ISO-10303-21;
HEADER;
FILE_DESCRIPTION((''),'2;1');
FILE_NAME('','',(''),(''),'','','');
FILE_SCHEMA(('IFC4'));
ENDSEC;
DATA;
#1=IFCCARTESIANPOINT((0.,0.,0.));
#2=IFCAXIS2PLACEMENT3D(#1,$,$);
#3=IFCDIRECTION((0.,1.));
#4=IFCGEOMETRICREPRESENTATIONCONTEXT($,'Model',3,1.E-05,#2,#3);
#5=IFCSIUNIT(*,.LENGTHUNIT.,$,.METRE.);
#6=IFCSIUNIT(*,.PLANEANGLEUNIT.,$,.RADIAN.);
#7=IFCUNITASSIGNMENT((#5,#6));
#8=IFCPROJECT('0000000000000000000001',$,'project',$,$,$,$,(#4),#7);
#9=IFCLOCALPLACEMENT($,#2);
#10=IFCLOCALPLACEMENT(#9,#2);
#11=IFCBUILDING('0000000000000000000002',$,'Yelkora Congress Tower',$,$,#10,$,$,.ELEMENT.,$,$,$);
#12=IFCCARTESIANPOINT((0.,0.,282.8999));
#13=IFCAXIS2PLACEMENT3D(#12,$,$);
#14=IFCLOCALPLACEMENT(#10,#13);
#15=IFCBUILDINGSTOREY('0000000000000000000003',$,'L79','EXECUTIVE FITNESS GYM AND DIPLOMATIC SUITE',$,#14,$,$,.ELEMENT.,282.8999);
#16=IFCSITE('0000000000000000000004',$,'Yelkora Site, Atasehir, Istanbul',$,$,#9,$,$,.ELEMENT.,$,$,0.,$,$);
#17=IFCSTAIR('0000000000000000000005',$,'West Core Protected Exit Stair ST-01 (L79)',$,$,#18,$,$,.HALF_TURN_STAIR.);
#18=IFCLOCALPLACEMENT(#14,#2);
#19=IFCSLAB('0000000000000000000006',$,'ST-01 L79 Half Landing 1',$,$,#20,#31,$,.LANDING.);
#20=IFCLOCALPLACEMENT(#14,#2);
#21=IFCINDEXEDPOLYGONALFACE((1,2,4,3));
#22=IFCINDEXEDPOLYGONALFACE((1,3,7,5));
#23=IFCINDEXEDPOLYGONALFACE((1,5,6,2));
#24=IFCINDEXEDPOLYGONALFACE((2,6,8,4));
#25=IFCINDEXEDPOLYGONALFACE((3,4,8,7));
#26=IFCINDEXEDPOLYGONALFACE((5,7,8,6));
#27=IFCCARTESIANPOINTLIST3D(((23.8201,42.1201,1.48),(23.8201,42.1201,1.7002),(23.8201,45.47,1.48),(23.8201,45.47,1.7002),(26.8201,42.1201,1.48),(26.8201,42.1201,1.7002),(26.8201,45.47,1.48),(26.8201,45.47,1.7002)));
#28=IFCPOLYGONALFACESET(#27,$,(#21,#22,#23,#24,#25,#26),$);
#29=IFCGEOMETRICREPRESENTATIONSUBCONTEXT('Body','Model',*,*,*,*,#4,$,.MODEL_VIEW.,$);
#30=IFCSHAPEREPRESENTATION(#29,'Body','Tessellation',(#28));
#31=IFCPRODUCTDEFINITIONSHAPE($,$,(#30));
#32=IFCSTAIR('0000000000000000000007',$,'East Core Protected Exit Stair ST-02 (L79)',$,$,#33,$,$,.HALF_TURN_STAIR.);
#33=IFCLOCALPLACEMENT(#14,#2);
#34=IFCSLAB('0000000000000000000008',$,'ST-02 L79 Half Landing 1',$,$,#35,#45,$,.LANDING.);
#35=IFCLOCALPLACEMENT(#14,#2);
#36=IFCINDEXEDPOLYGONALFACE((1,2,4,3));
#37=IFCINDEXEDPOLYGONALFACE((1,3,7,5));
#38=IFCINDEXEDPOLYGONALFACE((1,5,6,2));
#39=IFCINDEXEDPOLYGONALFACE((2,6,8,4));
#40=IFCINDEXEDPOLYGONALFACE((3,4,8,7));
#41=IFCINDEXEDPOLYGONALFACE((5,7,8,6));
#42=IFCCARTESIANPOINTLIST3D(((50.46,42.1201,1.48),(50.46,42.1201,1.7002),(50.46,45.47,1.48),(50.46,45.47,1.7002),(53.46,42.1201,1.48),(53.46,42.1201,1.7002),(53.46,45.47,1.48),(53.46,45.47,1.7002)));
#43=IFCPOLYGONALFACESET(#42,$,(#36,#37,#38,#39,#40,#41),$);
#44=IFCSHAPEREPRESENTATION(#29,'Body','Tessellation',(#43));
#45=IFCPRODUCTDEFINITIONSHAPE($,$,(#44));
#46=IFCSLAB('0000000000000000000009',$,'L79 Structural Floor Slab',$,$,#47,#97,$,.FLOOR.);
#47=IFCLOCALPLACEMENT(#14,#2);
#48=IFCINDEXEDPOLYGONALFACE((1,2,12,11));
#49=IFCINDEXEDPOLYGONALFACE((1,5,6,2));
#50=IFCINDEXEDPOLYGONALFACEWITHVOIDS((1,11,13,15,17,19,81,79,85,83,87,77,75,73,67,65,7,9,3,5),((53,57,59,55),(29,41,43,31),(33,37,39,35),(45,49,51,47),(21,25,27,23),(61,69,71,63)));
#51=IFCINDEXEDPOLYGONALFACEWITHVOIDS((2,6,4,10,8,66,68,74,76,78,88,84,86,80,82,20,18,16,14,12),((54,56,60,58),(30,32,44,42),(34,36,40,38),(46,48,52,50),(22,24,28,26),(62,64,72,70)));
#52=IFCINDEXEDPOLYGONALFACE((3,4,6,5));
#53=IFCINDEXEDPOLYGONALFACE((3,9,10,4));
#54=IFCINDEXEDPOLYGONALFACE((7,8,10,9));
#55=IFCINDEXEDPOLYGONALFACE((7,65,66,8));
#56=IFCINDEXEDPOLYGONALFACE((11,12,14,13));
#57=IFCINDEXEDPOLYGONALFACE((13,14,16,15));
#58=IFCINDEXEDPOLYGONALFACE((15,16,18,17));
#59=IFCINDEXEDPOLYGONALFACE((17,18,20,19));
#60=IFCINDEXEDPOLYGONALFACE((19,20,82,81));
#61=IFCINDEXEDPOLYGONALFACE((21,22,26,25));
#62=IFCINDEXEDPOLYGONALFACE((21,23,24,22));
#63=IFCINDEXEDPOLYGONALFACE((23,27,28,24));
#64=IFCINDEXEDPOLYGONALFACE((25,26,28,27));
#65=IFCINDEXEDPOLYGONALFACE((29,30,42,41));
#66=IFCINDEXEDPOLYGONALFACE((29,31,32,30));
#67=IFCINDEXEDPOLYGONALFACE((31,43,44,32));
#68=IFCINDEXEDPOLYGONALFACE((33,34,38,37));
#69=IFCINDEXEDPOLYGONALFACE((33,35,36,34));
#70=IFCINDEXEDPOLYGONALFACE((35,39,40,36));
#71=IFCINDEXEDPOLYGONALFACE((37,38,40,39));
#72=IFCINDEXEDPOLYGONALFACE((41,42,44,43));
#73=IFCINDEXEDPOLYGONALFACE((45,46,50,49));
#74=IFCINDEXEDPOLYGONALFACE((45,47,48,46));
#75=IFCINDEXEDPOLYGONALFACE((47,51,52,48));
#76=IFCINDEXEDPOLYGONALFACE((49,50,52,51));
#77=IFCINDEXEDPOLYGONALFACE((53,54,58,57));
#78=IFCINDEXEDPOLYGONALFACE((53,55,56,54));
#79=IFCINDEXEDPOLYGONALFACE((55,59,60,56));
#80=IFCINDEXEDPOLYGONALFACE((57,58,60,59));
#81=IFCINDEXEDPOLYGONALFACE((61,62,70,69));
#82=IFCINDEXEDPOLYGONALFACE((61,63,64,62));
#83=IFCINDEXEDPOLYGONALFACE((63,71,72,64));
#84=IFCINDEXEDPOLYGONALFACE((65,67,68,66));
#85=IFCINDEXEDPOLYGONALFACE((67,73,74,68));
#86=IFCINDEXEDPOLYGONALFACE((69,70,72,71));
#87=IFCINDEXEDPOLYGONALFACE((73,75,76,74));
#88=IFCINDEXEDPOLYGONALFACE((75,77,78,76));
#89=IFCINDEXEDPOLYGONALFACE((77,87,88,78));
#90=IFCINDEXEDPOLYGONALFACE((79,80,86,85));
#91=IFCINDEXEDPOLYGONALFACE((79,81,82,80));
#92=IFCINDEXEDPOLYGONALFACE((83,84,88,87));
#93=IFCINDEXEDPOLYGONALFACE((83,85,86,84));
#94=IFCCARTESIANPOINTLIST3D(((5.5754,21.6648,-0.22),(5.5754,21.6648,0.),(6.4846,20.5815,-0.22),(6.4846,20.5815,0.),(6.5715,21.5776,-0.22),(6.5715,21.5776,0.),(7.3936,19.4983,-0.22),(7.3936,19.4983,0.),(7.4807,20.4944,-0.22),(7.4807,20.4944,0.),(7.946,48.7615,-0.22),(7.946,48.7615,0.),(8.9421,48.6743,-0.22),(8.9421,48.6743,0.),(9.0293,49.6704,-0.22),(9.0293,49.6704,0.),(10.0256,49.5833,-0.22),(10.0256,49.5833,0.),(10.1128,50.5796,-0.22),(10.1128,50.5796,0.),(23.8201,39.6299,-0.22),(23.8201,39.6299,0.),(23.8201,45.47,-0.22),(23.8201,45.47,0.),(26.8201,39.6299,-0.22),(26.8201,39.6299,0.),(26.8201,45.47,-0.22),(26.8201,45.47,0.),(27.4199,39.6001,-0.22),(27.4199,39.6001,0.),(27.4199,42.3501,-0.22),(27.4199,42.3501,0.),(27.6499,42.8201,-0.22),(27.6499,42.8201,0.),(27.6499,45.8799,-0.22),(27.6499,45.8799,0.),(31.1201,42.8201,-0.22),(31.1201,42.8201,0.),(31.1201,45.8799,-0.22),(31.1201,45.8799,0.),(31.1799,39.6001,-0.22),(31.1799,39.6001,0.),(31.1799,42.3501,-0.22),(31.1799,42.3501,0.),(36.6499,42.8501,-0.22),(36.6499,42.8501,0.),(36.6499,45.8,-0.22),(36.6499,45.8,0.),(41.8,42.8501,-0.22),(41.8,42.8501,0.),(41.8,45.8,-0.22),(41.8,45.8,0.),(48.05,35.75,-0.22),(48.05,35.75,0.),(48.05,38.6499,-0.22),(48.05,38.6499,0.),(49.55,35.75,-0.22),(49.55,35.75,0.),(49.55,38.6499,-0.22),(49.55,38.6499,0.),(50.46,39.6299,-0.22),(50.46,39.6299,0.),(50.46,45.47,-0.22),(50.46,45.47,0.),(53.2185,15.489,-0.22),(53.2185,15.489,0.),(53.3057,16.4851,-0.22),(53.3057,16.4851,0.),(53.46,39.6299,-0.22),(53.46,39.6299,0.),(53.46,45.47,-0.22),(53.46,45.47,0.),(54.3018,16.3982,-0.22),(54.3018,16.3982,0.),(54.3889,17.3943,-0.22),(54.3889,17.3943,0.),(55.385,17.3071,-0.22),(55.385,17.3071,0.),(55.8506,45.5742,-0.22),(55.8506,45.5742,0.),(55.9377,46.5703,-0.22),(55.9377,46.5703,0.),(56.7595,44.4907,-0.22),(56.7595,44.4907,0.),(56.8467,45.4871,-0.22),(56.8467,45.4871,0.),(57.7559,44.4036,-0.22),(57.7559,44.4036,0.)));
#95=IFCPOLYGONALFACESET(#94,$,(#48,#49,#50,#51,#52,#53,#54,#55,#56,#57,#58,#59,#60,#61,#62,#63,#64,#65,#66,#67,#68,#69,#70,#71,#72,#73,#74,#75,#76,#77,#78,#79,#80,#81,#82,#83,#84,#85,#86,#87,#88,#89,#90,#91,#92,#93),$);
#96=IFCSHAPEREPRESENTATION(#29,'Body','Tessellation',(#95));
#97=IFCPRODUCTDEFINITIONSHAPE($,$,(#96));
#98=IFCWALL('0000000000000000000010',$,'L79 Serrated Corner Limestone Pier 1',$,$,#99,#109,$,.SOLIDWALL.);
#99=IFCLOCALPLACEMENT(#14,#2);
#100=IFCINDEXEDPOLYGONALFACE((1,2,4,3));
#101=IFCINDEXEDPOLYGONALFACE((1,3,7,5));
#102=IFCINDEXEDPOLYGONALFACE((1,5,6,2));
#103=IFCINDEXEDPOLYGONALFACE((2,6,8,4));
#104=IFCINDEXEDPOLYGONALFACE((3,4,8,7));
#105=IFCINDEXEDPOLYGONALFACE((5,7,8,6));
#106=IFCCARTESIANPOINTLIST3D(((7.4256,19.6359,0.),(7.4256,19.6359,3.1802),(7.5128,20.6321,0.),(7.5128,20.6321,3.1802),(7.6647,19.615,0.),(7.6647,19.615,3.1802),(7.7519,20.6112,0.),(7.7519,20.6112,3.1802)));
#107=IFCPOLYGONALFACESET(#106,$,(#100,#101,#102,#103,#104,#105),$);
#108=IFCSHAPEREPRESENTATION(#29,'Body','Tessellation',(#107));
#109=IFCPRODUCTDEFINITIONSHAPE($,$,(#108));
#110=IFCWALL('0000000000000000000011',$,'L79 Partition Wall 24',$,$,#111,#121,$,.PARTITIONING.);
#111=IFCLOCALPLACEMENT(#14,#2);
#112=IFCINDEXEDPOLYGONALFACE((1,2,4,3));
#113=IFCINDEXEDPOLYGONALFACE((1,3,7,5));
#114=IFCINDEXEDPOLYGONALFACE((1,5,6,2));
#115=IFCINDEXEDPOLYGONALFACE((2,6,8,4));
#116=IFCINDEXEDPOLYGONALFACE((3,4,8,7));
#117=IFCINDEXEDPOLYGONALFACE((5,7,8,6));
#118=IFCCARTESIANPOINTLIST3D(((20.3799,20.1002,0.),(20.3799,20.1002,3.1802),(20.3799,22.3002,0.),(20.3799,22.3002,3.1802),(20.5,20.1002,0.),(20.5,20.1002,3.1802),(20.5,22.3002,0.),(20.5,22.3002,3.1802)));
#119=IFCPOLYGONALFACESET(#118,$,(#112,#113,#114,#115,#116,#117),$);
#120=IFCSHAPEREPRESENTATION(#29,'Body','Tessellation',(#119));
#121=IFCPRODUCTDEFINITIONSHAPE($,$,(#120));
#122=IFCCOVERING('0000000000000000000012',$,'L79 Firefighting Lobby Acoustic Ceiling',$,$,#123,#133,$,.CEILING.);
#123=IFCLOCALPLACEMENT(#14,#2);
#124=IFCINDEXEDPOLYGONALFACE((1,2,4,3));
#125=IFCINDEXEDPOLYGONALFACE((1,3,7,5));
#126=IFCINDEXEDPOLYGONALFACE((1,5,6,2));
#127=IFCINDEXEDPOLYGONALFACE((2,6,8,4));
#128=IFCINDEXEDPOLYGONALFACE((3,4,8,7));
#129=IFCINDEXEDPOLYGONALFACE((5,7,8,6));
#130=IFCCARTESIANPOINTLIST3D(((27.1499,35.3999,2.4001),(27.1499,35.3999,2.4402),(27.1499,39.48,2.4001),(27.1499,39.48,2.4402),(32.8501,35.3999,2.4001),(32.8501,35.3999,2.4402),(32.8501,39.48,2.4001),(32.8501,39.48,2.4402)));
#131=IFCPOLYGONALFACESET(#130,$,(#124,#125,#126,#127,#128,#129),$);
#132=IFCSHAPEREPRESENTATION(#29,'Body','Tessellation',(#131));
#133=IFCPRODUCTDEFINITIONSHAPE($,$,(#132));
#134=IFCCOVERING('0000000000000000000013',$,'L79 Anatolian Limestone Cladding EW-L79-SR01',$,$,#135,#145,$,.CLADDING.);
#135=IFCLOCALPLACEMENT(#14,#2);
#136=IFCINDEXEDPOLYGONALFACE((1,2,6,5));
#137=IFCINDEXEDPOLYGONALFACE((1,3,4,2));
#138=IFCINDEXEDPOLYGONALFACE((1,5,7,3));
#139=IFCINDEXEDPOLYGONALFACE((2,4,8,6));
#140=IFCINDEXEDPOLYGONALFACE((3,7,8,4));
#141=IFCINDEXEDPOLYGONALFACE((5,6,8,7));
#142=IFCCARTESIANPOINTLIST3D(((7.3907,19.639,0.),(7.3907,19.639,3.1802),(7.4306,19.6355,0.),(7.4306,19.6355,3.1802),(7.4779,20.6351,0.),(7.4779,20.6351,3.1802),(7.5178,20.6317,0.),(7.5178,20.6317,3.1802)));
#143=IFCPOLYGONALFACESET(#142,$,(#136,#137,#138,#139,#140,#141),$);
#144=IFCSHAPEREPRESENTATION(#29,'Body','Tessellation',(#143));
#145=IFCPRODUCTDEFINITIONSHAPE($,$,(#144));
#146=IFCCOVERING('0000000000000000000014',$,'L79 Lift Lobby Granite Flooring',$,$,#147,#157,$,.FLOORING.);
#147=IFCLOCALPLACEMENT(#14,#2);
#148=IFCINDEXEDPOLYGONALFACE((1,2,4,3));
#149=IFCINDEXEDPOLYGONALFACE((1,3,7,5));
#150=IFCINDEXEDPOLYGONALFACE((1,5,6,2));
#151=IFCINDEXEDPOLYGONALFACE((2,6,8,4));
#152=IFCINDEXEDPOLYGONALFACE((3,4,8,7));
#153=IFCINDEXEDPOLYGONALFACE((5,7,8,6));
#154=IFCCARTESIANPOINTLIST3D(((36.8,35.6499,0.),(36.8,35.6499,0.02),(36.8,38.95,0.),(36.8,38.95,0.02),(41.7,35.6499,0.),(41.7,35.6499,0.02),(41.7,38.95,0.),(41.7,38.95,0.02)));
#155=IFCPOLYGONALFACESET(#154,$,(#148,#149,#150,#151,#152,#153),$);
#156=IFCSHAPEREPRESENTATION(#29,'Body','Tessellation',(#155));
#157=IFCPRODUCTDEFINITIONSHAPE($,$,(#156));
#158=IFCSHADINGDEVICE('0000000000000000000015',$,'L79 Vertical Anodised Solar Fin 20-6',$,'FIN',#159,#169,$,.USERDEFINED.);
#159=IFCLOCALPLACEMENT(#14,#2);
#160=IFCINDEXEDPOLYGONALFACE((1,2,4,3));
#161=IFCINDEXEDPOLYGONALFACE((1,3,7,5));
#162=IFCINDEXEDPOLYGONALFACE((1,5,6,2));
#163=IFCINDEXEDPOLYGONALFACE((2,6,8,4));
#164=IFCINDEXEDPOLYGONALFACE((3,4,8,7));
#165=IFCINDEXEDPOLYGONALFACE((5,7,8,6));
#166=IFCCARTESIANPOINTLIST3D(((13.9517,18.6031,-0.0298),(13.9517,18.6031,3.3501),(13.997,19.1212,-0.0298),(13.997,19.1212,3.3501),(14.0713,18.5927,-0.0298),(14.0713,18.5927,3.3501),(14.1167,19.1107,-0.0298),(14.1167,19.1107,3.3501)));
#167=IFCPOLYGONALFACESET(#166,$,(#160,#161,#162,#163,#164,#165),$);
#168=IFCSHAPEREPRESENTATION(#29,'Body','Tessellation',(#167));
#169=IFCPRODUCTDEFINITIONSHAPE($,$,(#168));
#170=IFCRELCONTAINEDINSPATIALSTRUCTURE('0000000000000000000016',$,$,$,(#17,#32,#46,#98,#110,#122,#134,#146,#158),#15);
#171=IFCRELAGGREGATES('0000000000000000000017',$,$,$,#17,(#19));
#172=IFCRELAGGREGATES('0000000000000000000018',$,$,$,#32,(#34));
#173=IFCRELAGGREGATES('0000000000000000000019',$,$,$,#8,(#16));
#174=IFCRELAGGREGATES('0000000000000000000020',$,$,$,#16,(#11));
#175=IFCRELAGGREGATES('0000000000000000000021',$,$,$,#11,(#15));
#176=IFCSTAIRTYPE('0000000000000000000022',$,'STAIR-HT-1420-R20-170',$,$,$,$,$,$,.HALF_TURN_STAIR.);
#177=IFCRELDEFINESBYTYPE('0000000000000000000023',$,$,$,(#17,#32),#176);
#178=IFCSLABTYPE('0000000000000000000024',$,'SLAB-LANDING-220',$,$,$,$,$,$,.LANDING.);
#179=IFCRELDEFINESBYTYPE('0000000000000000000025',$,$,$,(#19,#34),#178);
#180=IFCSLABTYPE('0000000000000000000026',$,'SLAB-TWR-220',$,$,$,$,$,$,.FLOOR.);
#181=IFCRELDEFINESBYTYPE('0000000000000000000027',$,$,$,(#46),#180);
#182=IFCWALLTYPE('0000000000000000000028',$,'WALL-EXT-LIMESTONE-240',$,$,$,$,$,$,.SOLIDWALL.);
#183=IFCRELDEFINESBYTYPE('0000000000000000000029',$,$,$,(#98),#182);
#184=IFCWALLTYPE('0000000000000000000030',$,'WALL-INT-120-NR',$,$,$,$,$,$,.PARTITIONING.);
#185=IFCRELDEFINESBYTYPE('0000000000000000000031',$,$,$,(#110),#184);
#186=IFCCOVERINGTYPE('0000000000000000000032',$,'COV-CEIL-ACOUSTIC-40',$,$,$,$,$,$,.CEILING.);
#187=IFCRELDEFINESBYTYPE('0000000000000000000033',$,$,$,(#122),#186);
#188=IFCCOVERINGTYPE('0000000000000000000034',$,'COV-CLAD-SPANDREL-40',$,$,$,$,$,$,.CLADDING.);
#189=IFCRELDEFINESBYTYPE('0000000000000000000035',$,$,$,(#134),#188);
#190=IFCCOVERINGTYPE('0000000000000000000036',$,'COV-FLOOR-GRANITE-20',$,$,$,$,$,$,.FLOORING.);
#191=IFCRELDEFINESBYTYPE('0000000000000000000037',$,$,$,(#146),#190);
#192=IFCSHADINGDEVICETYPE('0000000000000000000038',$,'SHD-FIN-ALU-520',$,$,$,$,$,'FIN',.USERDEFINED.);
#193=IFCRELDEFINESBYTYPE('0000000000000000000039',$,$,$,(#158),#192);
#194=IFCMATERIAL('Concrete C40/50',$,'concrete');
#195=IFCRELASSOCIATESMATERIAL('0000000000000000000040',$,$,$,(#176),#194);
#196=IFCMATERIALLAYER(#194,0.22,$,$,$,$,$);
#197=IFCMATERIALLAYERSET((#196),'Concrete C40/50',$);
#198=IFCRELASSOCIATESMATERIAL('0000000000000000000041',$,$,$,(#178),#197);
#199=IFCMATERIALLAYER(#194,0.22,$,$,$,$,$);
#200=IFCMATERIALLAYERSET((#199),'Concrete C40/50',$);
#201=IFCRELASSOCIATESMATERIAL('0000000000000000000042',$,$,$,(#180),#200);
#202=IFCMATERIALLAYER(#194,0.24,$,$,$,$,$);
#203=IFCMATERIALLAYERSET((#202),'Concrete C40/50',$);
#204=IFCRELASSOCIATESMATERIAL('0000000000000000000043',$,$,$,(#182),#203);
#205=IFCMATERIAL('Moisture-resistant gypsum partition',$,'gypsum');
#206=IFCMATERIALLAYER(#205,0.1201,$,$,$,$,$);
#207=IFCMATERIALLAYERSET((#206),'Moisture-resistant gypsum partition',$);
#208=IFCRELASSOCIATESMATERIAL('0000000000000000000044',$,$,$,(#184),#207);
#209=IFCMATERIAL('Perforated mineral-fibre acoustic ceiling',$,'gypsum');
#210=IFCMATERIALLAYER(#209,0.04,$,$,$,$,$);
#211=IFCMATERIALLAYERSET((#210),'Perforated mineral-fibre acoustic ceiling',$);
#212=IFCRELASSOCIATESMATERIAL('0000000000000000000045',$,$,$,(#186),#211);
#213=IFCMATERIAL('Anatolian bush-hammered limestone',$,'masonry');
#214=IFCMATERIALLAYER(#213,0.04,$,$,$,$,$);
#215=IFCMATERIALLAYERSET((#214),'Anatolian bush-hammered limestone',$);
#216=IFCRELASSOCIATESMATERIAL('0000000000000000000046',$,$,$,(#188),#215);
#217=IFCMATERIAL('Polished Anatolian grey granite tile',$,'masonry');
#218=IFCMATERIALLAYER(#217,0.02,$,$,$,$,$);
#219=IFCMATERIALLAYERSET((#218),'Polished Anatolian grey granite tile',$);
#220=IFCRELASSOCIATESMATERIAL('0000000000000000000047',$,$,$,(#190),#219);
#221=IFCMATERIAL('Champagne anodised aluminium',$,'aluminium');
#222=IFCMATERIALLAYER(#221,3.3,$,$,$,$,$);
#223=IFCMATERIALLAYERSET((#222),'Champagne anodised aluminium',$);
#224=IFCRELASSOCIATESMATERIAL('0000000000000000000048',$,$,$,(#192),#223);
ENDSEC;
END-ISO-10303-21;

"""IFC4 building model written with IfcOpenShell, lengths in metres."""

from ifc_helpers import new_model, si_unit, direction, frame, frame_2d, origin, origin_2d, place, context, subcontext, project, spatial, polyline, rectangle, outline, extrude, material, layer, layer_set, type_object, element, aggregate, save


model = new_model("IFC4")

# Units and contexts
model_context = context("Model", 3, precision=1e-05, world=origin(), true_north=direction((0.0, 1.0)))
body_context = subcontext(model_context, "Body", "Model", "MODEL_VIEW")
ifc_project = project(units=[si_unit("LENGTHUNIT", "METRE"), si_unit("PLANEANGLEUNIT", "RADIAN")], contexts=[model_context])

# Site, building, storey
site_placement = place(None, origin())
site = spatial("IfcSite", under=ifc_project, at=site_placement, Name="Yelkora Site, Atasehir, Istanbul", CompositionType="ELEMENT", RefElevation=0.0)
building_placement = place(site_placement, origin())
building = spatial("IfcBuilding", under=site, at=building_placement, Name="Yelkora Congress Tower", CompositionType="ELEMENT")
storey_placement = place(building_placement, frame((0.0, 0.0, 282.8999)))
storey = spatial("IfcBuildingStorey", under=building, at=storey_placement, Name="L79", Description="EXECUTIVE FITNESS GYM AND DIPLOMATIC SUITE", CompositionType="ELEMENT", Elevation=282.8999)

# Stairs, slabs
ifc_material_1 = material(Name="Concrete C40/50", Category="concrete")
stair_type = type_object("IfcStairType", Name="STAIR-HT-1420-R20-170", PredefinedType="HALF_TURN_STAIR", material=ifc_material_1)
stair_1_placement = place(storey_placement, origin())
stair_1 = element("IfcStair", 1, at=stair_1_placement, inside=storey, type_object=stair_type, Name="West Core Protected Exit Stair ST-01 (L79)", PredefinedType="HALF_TURN_STAIR")
ifc_layer_1 = layer(ifc_material_1, 0.22)
ifc_layer_set_1 = layer_set([ifc_layer_1], Name="Concrete C40/50")
slab_type_1 = type_object("IfcSlabType", Name="SLAB-LANDING-220", PredefinedType="LANDING", material=ifc_layer_set_1)
slab_1_placement = place(storey_placement, frame((0.0, 0.0, 1.48)))
slab_1 = element("IfcSlab", 2, at=slab_1_placement, type_object=slab_type_1, Name="ST-01 L79 Half Landing 1", PredefinedType="LANDING", context=body_context, shape_type="SweptSolid", body=[
    extrude(outline(polyline([(26.8201, 42.1201), (26.8201, 45.47), (23.8201, 45.47), (23.8201, 42.1201), (26.8201, 42.1201)])), origin(), (0.0, 0.0, 1.0), 0.2202),
])
aggregate(stair_1, [slab_1])
stair_2_placement = place(storey_placement, origin())
stair_2 = element("IfcStair", 3, at=stair_2_placement, inside=storey, type_object=stair_type, Name="East Core Protected Exit Stair ST-02 (L79)", PredefinedType="HALF_TURN_STAIR")
slab_2_placement = place(storey_placement, frame((0.0, 0.0, 1.48)))
slab_2 = element("IfcSlab", 4, at=slab_2_placement, type_object=slab_type_1, Name="ST-02 L79 Half Landing 1", PredefinedType="LANDING", context=body_context, shape_type="SweptSolid", body=[
    extrude(outline(polyline([(53.46, 42.1201), (53.46, 45.47), (50.46, 45.47), (50.46, 42.1201), (53.46, 42.1201)])), origin(), (0.0, 0.0, 1.0), 0.2202),
])
aggregate(stair_2, [slab_2])

# Slab
ifc_layer_2 = layer(ifc_material_1, 0.22)
ifc_layer_set_2 = layer_set([ifc_layer_2], Name="Concrete C40/50")
slab_type_2 = type_object("IfcSlabType", Name="SLAB-TWR-220", PredefinedType="FLOOR", material=ifc_layer_set_2)
slab_3_placement = place(storey_placement, frame((0.0, 0.0, -0.22)))
element("IfcSlab", 5, at=slab_3_placement, inside=storey, type_object=slab_type_2, Name="L79 Structural Floor Slab", PredefinedType="FLOOR", context=body_context, shape_type="SweptSolid", body=[
    extrude(outline(polyline([(7.3936, 19.4983), (53.2185, 15.489), (53.3057, 16.4851), (54.3018, 16.3982), (54.3889, 17.3943), (55.385, 17.3071), (57.7559, 44.4036), (56.7595, 44.4907), (56.8467, 45.4871), (55.8506, 45.5742), (55.9377, 46.5703), (10.1128, 50.5796), (10.0256, 49.5833), (9.0293, 49.6704), (8.9421, 48.6743), (7.946, 48.7615), (5.5754, 21.6648), (6.5715, 21.5776), (6.4846, 20.5815), (7.4807, 20.4944), (7.3936, 19.4983)]), holes=[polyline([(23.8201, 39.6299), (26.8201, 39.6299), (26.8201, 45.47), (23.8201, 45.47), (23.8201, 39.6299)]), polyline([(50.46, 39.6299), (53.46, 39.6299), (53.46, 45.47), (50.46, 45.47), (50.46, 39.6299)]), polyline([(48.05, 35.75), (49.55, 35.75), (49.55, 38.6499), (48.05, 38.6499), (48.05, 35.75)]), polyline([(36.6499, 42.8501), (41.8, 42.8501), (41.8, 45.8), (36.6499, 45.8), (36.6499, 42.8501)]), polyline([(27.4199, 39.6001), (31.1799, 39.6001), (31.1799, 42.3501), (27.4199, 42.3501), (27.4199, 39.6001)]), polyline([(27.6499, 42.8201), (31.1201, 42.8201), (31.1201, 45.8799), (27.6499, 45.8799), (27.6499, 42.8201)])]), origin(), (0.0, 0.0, 1.0), 0.22),
])

# Walls
ifc_layer_3 = layer(ifc_material_1, 0.24)
ifc_layer_set_3 = layer_set([ifc_layer_3], Name="Concrete C40/50")
wall_type_1 = type_object("IfcWallType", Name="WALL-EXT-LIMESTONE-240", PredefinedType="SOLIDWALL", material=ifc_layer_set_3)
wall_1_placement = place(storey_placement, frame((7.5452, 19.6255, 0.0), z_axis=(0.0, 0.0, 1.0), x_axis=(0.087167, 0.996194, 0.0)))
element("IfcWall", 6, at=wall_1_placement, inside=storey, type_object=wall_type_1, Name="L79 Serrated Corner Limestone Pier 1", PredefinedType="SOLIDWALL", context=body_context, shape_type="SweptSolid", body=[
    extrude(rectangle(XDim=1.0, YDim=0.24, at=frame_2d((0.5, 0.0))), origin(), (0.0, 0.0, 1.0), 3.1802),
])
ifc_material_2 = material(Name="Moisture-resistant gypsum partition", Category="gypsum")
ifc_layer_4 = layer(ifc_material_2, 0.1201)
ifc_layer_set_4 = layer_set([ifc_layer_4], Name="Moisture-resistant gypsum partition")
wall_type_2 = type_object("IfcWallType", Name="WALL-INT-120-NR", PredefinedType="PARTITIONING", material=ifc_layer_set_4)
wall_2_placement = place(storey_placement, frame((20.4399, 20.1001, 0.0), z_axis=(0.0, 0.0, 1.0), x_axis=(0.0, 1.0, 0.0)))
element("IfcWall", 7, at=wall_2_placement, inside=storey, type_object=wall_type_2, Name="L79 Partition Wall 24", PredefinedType="PARTITIONING", context=body_context, shape_type="SweptSolid", body=[
    extrude(rectangle(XDim=2.2, YDim=0.1201, at=frame_2d((1.1001, 0.0))), origin(), (0.0, 0.0, 1.0), 3.1802),
])

# Coverings
ifc_material_3 = material(Name="Perforated mineral-fibre acoustic ceiling", Category="gypsum")
ifc_layer_5 = layer(ifc_material_3, 0.04)
ifc_layer_set_5 = layer_set([ifc_layer_5], Name="Perforated mineral-fibre acoustic ceiling")
covering_type_1 = type_object("IfcCoveringType", Name="COV-CEIL-ACOUSTIC-40", PredefinedType="CEILING", material=ifc_layer_set_5)
covering_1_placement = place(storey_placement, frame((0.0, 0.0, 2.4001)))
element("IfcCovering", 8, at=covering_1_placement, inside=storey, type_object=covering_type_1, Name="L79 Firefighting Lobby Acoustic Ceiling", PredefinedType="CEILING", context=body_context, shape_type="SweptSolid", body=[
    extrude(outline(polyline([(27.1499, 35.3999), (32.8501, 35.3999), (32.8501, 39.48), (27.1499, 39.48), (27.1499, 35.3999)])), origin(), (0.0, 0.0, 1.0), 0.04),
])
ifc_material_4 = material(Name="Anatolian bush-hammered limestone", Category="masonry")
ifc_layer_6 = layer(ifc_material_4, 0.04)
ifc_layer_set_6 = layer_set([ifc_layer_6], Name="Anatolian bush-hammered limestone")
covering_type_2 = type_object("IfcCoveringType", Name="COV-CLAD-SPANDREL-40", PredefinedType="CLADDING", material=ifc_layer_set_6)
covering_2_placement = place(storey_placement, frame((7.4106, 19.6372, 0.0), z_axis=(0.0, 0.0, 1.0), x_axis=(0.087167, 0.996194, 0.0)))
element("IfcCovering", 9, at=covering_2_placement, inside=storey, type_object=covering_type_2, Name="L79 Anatolian Limestone Cladding EW-L79-SR01", PredefinedType="CLADDING", context=body_context, shape_type="SweptSolid", body=[
    extrude(rectangle(XDim=1.0, YDim=0.04, at=frame_2d((0.5, 0.0))), origin(), (0.0, 0.0, 1.0), 3.1802),
])
ifc_material_5 = material(Name="Polished Anatolian grey granite tile", Category="masonry")
ifc_layer_7 = layer(ifc_material_5, 0.02)
ifc_layer_set_7 = layer_set([ifc_layer_7], Name="Polished Anatolian grey granite tile")
covering_type_3 = type_object("IfcCoveringType", Name="COV-FLOOR-GRANITE-20", PredefinedType="FLOORING", material=ifc_layer_set_7)
covering_3_placement = place(storey_placement, origin())
element("IfcCovering", 10, at=covering_3_placement, inside=storey, type_object=covering_type_3, Name="L79 Lift Lobby Granite Flooring", PredefinedType="FLOORING", context=body_context, shape_type="SweptSolid", body=[
    extrude(outline(polyline([(36.8, 35.6499), (41.7, 35.6499), (41.7, 38.95), (36.8, 38.95), (36.8, 35.6499)])), origin(), (0.0, 0.0, 1.0), 0.02),
])

# Shading device
ifc_material_6 = material(Name="Champagne anodised aluminium", Category="aluminium")
ifc_layer_8 = layer(ifc_material_6, 3.3)
ifc_layer_set_8 = layer_set([ifc_layer_8], Name="Champagne anodised aluminium")
shading_device_type = type_object("IfcShadingDeviceType", Name="SHD-FIN-ALU-520", ElementType="FIN", PredefinedType="USERDEFINED", material=ifc_layer_set_8)
shading_device_placement = place(storey_placement, frame((14.0342, 18.8569, -0.0298), z_axis=(0.0, 0.0, 1.0), x_axis=(-0.996195, 0.087156, 0.0)))
element("IfcShadingDevice", 11, at=shading_device_placement, inside=storey, type_object=shading_device_type, Name="L79 Vertical Anodised Solar Fin 20-6", ObjectType="FIN", PredefinedType="USERDEFINED", context=body_context, shape_type="SweptSolid", body=[
    extrude(rectangle(XDim=0.1201, YDim=0.52, at=origin_2d()), origin(), (0.0, 0.0, 1.0), 3.3799),
])

save(model, "model.ifc")
